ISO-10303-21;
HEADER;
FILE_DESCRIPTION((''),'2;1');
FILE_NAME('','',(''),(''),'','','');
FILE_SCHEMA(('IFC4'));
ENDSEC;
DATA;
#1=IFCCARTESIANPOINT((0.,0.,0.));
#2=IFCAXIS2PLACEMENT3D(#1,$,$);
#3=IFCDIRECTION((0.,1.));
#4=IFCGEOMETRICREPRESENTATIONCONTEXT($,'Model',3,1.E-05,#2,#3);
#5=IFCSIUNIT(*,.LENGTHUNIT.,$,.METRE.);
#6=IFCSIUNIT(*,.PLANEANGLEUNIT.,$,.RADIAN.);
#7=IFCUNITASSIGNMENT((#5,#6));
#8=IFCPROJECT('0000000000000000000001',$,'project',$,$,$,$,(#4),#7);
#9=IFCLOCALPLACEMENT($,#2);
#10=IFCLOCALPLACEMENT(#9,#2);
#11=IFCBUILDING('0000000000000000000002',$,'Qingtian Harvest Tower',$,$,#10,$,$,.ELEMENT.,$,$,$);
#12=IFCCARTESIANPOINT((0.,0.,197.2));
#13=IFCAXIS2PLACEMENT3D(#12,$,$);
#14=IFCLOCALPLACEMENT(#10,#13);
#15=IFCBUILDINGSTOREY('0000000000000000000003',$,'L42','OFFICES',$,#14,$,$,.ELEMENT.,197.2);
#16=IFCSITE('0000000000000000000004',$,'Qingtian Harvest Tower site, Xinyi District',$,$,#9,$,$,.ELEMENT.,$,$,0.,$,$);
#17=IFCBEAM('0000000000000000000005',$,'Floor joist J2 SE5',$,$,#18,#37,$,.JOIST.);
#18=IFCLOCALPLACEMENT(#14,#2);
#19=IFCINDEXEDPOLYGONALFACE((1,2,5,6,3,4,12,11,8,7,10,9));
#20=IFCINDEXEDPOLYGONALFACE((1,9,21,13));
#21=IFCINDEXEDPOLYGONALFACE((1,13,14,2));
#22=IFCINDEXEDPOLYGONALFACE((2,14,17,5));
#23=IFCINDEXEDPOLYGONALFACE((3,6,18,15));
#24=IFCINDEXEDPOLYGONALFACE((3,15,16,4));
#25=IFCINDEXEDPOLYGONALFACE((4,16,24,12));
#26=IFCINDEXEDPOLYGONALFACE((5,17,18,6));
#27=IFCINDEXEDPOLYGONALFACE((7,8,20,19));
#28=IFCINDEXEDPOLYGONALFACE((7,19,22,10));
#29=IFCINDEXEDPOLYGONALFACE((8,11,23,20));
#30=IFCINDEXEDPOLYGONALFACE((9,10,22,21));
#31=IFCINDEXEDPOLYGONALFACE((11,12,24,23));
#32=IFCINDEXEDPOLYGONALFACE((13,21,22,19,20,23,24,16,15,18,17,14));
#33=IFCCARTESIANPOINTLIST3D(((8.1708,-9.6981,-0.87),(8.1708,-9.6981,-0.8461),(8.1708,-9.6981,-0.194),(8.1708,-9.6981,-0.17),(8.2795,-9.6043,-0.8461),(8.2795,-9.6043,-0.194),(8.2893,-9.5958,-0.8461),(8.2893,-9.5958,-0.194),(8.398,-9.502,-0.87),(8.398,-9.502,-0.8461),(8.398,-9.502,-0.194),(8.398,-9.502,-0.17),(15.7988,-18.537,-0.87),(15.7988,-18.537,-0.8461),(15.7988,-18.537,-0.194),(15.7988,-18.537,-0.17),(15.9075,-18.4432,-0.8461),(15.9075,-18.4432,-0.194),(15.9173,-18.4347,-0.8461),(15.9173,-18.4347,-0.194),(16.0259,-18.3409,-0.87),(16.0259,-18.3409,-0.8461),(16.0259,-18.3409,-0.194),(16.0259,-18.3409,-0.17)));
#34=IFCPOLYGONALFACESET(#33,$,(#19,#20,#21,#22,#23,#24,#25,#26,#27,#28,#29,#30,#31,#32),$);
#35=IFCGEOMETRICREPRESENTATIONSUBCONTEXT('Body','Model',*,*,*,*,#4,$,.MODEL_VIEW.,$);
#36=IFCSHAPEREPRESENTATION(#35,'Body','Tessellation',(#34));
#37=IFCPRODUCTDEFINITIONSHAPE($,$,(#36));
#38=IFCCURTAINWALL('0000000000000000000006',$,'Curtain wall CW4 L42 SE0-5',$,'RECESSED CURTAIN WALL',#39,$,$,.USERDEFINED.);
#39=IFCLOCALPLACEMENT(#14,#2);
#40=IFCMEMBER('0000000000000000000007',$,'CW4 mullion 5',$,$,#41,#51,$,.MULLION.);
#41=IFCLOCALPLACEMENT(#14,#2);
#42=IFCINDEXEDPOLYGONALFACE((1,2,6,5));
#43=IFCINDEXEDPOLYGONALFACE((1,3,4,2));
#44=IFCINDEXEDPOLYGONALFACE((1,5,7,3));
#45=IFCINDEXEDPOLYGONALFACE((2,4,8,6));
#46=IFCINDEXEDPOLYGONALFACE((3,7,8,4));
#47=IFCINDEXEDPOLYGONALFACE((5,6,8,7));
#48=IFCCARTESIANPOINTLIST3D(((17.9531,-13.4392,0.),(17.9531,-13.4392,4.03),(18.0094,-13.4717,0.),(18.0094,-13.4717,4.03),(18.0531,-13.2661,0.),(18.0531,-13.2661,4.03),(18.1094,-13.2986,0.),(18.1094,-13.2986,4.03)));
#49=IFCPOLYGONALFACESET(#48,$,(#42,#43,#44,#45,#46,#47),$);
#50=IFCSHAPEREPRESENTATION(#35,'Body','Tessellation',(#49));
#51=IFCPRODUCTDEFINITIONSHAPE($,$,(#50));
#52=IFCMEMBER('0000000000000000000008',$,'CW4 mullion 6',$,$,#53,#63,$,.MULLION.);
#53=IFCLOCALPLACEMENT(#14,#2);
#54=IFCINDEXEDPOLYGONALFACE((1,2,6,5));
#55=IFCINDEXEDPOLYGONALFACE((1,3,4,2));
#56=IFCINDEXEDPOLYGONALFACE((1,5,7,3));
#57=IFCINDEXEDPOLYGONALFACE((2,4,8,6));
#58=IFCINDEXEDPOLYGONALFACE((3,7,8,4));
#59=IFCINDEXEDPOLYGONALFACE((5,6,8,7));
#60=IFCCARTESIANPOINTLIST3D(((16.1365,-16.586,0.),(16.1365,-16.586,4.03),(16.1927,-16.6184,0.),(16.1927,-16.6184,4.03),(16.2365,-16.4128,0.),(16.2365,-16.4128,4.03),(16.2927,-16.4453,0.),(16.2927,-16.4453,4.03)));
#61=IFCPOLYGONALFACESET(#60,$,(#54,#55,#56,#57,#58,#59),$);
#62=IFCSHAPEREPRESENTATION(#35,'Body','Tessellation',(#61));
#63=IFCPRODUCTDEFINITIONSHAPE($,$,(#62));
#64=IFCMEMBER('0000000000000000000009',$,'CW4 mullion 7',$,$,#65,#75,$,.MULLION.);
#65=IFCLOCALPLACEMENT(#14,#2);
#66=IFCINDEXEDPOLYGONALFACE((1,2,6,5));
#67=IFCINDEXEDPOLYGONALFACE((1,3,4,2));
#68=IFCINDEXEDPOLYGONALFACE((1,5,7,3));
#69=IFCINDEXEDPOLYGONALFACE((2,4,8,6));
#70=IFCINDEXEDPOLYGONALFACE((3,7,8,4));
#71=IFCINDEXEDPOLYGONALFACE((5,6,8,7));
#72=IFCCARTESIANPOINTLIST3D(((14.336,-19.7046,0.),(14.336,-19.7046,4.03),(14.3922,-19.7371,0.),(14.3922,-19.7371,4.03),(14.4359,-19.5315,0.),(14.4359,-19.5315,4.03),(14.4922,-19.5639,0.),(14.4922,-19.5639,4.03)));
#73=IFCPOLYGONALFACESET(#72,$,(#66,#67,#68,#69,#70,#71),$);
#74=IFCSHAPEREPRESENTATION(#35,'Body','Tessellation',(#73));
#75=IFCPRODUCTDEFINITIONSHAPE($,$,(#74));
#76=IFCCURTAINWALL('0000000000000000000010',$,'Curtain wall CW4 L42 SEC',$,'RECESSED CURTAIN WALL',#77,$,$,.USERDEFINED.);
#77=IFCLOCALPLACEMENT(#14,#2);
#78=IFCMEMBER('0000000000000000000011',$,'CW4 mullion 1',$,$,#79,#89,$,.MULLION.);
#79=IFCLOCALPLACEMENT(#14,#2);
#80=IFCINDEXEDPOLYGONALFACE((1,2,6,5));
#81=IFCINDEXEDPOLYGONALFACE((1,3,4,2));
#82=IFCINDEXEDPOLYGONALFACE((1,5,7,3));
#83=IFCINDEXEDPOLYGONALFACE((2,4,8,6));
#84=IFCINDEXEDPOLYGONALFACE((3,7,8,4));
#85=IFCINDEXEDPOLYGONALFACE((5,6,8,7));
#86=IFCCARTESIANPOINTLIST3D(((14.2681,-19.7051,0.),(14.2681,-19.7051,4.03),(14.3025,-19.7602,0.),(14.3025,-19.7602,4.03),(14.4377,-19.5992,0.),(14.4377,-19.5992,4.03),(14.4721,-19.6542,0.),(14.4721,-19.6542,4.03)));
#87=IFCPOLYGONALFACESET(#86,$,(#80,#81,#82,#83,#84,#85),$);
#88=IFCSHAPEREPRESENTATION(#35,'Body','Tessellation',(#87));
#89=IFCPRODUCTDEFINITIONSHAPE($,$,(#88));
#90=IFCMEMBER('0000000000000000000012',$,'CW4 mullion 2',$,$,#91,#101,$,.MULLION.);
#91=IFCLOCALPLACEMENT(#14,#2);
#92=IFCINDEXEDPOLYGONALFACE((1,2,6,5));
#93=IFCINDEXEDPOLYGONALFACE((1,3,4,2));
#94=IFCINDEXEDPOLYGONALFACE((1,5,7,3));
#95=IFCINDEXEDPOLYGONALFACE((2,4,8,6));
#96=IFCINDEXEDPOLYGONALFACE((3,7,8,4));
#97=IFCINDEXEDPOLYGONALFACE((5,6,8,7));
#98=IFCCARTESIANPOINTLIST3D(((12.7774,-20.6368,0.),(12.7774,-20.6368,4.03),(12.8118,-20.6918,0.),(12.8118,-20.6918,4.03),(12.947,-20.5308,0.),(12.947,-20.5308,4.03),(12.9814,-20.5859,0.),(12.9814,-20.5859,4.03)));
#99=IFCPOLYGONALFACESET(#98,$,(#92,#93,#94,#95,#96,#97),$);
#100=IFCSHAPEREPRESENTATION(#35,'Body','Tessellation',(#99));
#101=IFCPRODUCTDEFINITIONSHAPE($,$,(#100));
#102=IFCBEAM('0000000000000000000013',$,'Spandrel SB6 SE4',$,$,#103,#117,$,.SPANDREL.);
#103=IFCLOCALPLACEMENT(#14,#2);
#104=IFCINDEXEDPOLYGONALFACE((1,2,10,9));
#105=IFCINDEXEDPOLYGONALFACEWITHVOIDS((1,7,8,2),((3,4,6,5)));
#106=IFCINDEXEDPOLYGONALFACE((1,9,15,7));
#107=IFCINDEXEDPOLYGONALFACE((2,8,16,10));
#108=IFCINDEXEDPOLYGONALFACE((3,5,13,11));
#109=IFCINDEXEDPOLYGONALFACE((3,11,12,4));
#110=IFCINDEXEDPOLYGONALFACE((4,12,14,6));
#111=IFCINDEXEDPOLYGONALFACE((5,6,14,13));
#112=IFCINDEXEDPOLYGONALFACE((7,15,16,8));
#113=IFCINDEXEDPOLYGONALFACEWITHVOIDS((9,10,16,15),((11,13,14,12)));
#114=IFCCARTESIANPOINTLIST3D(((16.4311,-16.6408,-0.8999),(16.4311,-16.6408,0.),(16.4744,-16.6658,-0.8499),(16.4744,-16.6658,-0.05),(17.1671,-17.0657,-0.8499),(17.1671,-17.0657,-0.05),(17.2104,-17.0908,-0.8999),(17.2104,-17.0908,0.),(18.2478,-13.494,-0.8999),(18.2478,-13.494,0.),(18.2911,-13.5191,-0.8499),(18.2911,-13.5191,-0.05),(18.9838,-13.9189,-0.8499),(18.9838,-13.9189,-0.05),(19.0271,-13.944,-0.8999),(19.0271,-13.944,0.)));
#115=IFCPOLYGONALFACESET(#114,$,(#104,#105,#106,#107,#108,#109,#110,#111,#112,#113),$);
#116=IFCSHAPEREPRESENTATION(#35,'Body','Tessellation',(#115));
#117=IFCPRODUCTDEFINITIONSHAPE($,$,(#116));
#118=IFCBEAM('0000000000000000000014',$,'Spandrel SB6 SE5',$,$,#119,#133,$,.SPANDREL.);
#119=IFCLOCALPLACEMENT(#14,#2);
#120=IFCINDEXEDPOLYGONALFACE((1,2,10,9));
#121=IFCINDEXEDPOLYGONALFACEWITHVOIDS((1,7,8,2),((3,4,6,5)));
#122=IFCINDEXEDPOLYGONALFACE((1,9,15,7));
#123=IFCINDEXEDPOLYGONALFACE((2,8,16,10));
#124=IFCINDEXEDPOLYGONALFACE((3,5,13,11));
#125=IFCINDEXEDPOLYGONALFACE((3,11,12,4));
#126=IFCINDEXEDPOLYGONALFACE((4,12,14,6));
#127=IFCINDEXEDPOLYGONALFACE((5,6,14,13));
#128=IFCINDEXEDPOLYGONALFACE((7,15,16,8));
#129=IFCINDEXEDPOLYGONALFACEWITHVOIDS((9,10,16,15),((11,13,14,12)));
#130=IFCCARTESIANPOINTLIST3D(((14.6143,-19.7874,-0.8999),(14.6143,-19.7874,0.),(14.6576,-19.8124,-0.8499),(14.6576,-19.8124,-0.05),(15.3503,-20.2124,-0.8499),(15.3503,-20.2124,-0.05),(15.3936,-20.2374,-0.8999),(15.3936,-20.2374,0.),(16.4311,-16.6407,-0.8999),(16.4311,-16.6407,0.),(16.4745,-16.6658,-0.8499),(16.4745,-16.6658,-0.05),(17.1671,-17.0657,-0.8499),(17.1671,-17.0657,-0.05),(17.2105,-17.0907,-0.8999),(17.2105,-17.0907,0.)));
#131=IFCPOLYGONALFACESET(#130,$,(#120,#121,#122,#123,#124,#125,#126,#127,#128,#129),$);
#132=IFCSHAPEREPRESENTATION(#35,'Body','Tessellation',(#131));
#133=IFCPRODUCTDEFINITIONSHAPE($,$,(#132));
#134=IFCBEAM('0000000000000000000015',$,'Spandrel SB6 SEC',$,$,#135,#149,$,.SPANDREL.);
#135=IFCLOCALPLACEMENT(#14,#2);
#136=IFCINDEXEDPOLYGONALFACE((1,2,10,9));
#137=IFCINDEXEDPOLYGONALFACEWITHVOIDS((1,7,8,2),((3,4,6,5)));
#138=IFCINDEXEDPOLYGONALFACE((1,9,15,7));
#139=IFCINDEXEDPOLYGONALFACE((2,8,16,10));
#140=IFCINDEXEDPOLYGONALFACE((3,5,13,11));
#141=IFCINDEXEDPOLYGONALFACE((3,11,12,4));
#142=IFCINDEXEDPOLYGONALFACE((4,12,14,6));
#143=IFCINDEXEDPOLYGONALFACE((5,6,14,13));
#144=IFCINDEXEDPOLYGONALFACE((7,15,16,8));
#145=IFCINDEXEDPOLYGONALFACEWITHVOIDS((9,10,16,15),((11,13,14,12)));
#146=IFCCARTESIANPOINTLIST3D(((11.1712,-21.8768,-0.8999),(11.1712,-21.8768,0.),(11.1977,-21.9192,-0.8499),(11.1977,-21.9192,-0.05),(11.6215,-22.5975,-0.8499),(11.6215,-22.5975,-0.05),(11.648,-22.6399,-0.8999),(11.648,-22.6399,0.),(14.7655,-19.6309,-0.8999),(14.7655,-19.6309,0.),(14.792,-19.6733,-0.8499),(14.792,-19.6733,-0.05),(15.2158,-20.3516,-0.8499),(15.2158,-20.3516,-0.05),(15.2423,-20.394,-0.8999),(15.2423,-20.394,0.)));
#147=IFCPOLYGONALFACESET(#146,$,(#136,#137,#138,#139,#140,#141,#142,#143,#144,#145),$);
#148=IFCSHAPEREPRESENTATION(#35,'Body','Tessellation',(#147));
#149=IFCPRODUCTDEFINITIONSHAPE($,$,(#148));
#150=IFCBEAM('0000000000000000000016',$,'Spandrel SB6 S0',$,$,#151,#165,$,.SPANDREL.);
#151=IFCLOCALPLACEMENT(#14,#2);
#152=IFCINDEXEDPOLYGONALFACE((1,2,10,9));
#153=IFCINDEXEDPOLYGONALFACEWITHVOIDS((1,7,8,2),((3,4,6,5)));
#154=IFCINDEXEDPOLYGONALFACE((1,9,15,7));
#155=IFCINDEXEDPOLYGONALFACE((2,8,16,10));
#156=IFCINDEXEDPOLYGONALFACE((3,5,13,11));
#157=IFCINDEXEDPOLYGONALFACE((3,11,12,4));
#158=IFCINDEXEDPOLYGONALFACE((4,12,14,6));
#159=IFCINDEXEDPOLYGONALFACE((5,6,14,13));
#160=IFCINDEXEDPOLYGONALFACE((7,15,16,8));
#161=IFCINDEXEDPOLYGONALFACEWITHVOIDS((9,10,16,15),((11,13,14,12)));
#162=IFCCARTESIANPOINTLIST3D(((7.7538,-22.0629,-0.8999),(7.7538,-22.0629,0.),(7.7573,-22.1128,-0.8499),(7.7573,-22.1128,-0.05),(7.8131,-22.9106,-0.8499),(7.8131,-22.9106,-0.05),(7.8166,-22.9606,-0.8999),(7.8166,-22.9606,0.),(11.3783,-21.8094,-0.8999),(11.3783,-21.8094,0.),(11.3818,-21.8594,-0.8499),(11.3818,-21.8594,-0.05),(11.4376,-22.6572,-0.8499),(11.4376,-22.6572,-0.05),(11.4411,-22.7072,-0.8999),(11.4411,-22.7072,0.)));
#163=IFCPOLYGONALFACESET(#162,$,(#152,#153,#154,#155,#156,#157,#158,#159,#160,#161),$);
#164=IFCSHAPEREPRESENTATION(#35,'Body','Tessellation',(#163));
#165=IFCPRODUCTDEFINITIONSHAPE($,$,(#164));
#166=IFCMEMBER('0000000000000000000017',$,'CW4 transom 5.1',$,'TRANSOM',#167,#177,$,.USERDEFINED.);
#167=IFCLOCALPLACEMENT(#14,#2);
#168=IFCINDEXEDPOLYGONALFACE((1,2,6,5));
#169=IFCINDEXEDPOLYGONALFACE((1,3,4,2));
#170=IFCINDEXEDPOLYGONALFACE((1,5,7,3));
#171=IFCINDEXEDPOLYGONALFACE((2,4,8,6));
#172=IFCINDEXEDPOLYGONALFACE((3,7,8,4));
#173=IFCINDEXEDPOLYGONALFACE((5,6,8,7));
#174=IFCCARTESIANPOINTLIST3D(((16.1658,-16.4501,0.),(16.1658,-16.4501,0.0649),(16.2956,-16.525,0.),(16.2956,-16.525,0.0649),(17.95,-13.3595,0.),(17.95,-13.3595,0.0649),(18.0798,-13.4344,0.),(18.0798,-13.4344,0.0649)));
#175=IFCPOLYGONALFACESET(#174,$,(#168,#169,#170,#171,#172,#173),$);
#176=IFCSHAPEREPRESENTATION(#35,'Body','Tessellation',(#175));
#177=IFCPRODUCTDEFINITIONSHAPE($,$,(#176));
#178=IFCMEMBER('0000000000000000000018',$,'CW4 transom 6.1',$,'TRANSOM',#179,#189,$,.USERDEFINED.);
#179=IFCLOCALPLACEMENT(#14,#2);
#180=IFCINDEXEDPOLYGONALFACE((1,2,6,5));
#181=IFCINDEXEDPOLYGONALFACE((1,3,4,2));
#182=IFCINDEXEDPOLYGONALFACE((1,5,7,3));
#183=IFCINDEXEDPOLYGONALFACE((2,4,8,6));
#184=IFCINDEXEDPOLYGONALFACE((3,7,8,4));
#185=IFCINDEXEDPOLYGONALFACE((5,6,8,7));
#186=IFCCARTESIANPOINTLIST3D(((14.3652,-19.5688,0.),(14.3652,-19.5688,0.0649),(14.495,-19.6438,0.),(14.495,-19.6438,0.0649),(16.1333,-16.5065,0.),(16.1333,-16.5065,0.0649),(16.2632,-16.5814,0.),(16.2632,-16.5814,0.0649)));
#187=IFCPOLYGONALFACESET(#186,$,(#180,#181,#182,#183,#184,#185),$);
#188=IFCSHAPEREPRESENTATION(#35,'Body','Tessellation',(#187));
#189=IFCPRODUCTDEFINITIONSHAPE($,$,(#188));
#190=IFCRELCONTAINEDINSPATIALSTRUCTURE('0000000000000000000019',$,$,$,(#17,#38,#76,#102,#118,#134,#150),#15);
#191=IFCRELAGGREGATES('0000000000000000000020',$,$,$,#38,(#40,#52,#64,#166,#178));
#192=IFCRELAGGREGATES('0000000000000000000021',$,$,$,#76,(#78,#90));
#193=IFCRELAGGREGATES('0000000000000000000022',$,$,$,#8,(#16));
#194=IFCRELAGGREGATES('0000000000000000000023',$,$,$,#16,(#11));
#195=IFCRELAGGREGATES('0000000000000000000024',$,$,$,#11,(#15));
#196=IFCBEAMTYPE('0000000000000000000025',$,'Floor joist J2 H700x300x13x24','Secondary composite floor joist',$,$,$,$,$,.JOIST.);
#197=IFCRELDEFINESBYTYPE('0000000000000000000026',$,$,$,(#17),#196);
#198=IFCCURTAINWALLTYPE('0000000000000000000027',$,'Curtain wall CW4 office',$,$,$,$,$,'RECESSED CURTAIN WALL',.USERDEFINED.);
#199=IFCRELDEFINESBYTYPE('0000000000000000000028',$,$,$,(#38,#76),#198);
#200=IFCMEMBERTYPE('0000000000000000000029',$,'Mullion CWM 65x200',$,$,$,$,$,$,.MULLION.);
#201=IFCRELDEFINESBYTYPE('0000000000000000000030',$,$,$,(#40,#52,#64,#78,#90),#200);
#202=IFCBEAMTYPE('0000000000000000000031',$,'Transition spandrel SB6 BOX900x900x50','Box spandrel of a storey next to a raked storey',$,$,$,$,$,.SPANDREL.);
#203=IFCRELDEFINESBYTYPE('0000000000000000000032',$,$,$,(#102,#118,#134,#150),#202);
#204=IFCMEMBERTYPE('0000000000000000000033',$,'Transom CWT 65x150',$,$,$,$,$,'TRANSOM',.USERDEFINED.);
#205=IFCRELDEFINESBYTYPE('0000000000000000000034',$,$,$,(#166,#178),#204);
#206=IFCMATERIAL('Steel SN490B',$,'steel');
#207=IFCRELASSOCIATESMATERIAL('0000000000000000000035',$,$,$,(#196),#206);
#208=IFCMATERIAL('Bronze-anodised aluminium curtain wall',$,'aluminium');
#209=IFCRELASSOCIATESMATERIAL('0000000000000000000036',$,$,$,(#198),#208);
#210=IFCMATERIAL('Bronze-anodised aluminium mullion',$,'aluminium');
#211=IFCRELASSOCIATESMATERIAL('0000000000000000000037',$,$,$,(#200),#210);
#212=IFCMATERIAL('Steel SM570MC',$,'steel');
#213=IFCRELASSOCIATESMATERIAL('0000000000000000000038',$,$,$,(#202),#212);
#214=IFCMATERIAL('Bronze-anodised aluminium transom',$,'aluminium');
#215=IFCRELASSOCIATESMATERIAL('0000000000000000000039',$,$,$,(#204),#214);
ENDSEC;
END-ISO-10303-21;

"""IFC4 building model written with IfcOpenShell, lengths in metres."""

from ifc_helpers import new_model, si_unit, direction, frame, origin, origin_2d, place, context, subcontext, project, spatial, rectangle, hollow_rectangle, i_section, extrude, material, material_profile, profile_set, type_object, element, aggregate, save


model = new_model("IFC4")

# Units and contexts
model_context = context("Model", 3, precision=1e-05, world=origin(), true_north=direction((0.0, 1.0)))
body_context = subcontext(model_context, "Body", "Model", "MODEL_VIEW")
ifc_project = project(units=[si_unit("LENGTHUNIT", "METRE"), si_unit("PLANEANGLEUNIT", "RADIAN")], contexts=[model_context])

# Site, building, storey
site_placement = place(None, origin())
site = spatial("IfcSite", under=ifc_project, at=site_placement, Name="Qingtian Harvest Tower site, Xinyi District", CompositionType="ELEMENT", RefElevation=0.0)
building_placement = place(site_placement, origin())
building = spatial("IfcBuilding", under=site, at=building_placement, Name="Qingtian Harvest Tower", CompositionType="ELEMENT")
storey_placement = place(building_placement, frame((0.0, 0.0, 197.2)))
storey = spatial("IfcBuildingStorey", under=building, at=storey_placement, Name="L42", Description="OFFICES", CompositionType="ELEMENT", Elevation=197.2)

# Beam
ifc_material_1 = material(Name="Steel SN490B", Category="steel")
ifc_material_profile_1 = material_profile(ifc_material_1, i_section(OverallWidth=0.3, OverallDepth=0.7, WebThickness=0.0129, FlangeThickness=0.0239, at=origin_2d()), Name="H700x300x13x24")
ifc_profile_set_1 = profile_set([ifc_material_profile_1], Name="Steel SN490B")
beam_type_1 = type_object("IfcBeamType", Name="Floor joist J2 H700x300x13x24", Description="Secondary composite floor joist", PredefinedType="JOIST", material=ifc_profile_set_1)
beam_1_placement = place(storey_placement, frame((15.9124, -18.439, -0.52), z_axis=(-0.653343, 0.757062, 0.0), x_axis=(-0.757062, -0.653343, 0.0)))
element("IfcBeam", 1, at=beam_1_placement, inside=storey, type_object=beam_type_1, Name="Floor joist J2 SE5", PredefinedType="JOIST", context=body_context, shape_type="SweptSolid", body=[
    extrude(i_section(OverallWidth=0.3, OverallDepth=0.7, WebThickness=0.0129, FlangeThickness=0.0239, at=origin_2d()), origin(), (0.0, 0.0, 1.0), 11.6753),
])

# Curtain walls, members
ifc_material_2 = material(Name="Bronze-anodised aluminium curtain wall", Category="aluminium")
curtain_wall_type = type_object("IfcCurtainWallType", Name="Curtain wall CW4 office", ElementType="RECESSED CURTAIN WALL", PredefinedType="USERDEFINED", material=ifc_material_2)
curtain_wall_1_placement = place(storey_placement, origin())
curtain_wall_1 = element("IfcCurtainWall", 2, at=curtain_wall_1_placement, inside=storey, type_object=curtain_wall_type, Name="Curtain wall CW4 L42 SE0-5", ObjectType="RECESSED CURTAIN WALL", PredefinedType="USERDEFINED")
ifc_material_3 = material(Name="Bronze-anodised aluminium mullion", Category="aluminium")
ifc_material_profile_2 = material_profile(ifc_material_3, rectangle(XDim=0.0649, YDim=0.2, at=origin_2d()), Name="AL 65x200")
ifc_profile_set_2 = profile_set([ifc_material_profile_2], Name="Bronze-anodised aluminium mullion")
member_type_1 = type_object("IfcMemberType", Name="Mullion CWM 65x200", PredefinedType="MULLION", material=ifc_profile_set_2)
member_1_placement = place(storey_placement, frame((18.0312, -13.3689, 0.0), z_axis=(0.0, 0.0, 1.0), x_axis=(0.866025, -0.5, 0.0)))
member_1 = element("IfcMember", 3, at=member_1_placement, type_object=member_type_1, Name="CW4 mullion 5", PredefinedType="MULLION", context=body_context, shape_type="SweptSolid", body=[
    extrude(rectangle(XDim=0.0649, YDim=0.2, at=origin_2d()), origin(), (0.0, 0.0, 1.0), 4.03),
])
member_2_placement = place(storey_placement, frame((16.2146, -16.5156, 0.0), z_axis=(0.0, 0.0, 1.0), x_axis=(0.866025, -0.5, 0.0)))
member_2 = element("IfcMember", 4, at=member_2_placement, type_object=member_type_1, Name="CW4 mullion 6", PredefinedType="MULLION", context=body_context, shape_type="SweptSolid", body=[
    extrude(rectangle(XDim=0.0649, YDim=0.2, at=origin_2d()), origin(), (0.0, 0.0, 1.0), 4.03),
])
member_3_placement = place(storey_placement, frame((14.4141, -19.6343, 0.0), z_axis=(0.0, 0.0, 1.0), x_axis=(0.866025, -0.5, 0.0)))
member_3 = element("IfcMember", 5, at=member_3_placement, type_object=member_type_1, Name="CW4 mullion 7", PredefinedType="MULLION", context=body_context, shape_type="SweptSolid", body=[
    extrude(rectangle(XDim=0.0649, YDim=0.2, at=origin_2d()), origin(), (0.0, 0.0, 1.0), 4.03),
])
curtain_wall_2_placement = place(storey_placement, origin())
curtain_wall_2 = element("IfcCurtainWall", 6, at=curtain_wall_2_placement, inside=storey, type_object=curtain_wall_type, Name="Curtain wall CW4 L42 SEC", ObjectType="RECESSED CURTAIN WALL", PredefinedType="USERDEFINED")
member_4_placement = place(storey_placement, frame((14.3701, -19.6797, 0.0), z_axis=(0.0, 0.0, 1.0), x_axis=(0.529919, -0.848048, 0.0)))
member_4 = element("IfcMember", 7, at=member_4_placement, type_object=member_type_1, Name="CW4 mullion 1", PredefinedType="MULLION", context=body_context, shape_type="SweptSolid", body=[
    extrude(rectangle(XDim=0.0649, YDim=0.2, at=origin_2d()), origin(), (0.0, 0.0, 1.0), 4.03),
])
member_5_placement = place(storey_placement, frame((12.8794, -20.6113, 0.0), z_axis=(0.0, 0.0, 1.0), x_axis=(0.529919, -0.848048, 0.0)))
member_5 = element("IfcMember", 8, at=member_5_placement, type_object=member_type_1, Name="CW4 mullion 2", PredefinedType="MULLION", context=body_context, shape_type="SweptSolid", body=[
    extrude(rectangle(XDim=0.0649, YDim=0.2, at=origin_2d()), origin(), (0.0, 0.0, 1.0), 4.03),
])

# Beams
ifc_material_4 = material(Name="Steel SM570MC", Category="steel")
ifc_material_profile_3 = material_profile(ifc_material_4, hollow_rectangle(XDim=0.8999, YDim=0.8999, WallThickness=0.05, at=origin_2d()), Name="BOX900x900x50")
ifc_profile_set_3 = profile_set([ifc_material_profile_3], Name="Steel SM570MC")
beam_type_2 = type_object("IfcBeamType", Name="Transition spandrel SB6 BOX900x900x50", Description="Box spandrel of a storey next to a raked storey", PredefinedType="SPANDREL", material=ifc_profile_set_3)
for number, where, z_axis, x_axis, name in (
    (9, (18.6375, -13.719, -0.45), (-0.499976, -0.866039, 0.0), (0.866039, -0.499976, 0.0), "Spandrel SB6 SE4"),
    (10, (16.8208, -16.8657, -0.45), (-0.500027, -0.86601, 0.0), (0.86601, -0.500027, 0.0), "Spandrel SB6 SE5"),
):
    element("IfcBeam", number, at=place(storey_placement, frame(where, z_axis=z_axis, x_axis=x_axis)), inside=storey, type_object=beam_type_2, Name=name, PredefinedType="SPANDREL", context=body_context, shape_type="SweptSolid", body=[
        extrude(hollow_rectangle(XDim=0.8999, YDim=0.8999, WallThickness=0.05, at=origin_2d()), origin(), (0.0, 0.0, 1.0), 3.6335),
    ])
beam_2_placement = place(storey_placement, frame((15.0039, -20.0125, -0.45), z_axis=(-0.848057, -0.529906, 0.0), x_axis=(0.529906, -0.848057, 0.0)))
element("IfcBeam", 11, at=beam_2_placement, inside=storey, type_object=beam_type_2, Name="Spandrel SB6 SEC", PredefinedType="SPANDREL", context=body_context, shape_type="SweptSolid", body=[
    extrude(hollow_rectangle(XDim=0.8999, YDim=0.8999, WallThickness=0.05, at=origin_2d()), origin(), (0.0, 0.0, 1.0), 4.2383),
])
beam_3_placement = place(storey_placement, frame((11.4097, -22.2583, -0.45), z_axis=(-0.997565, -0.069748, 0.0), x_axis=(0.069748, -0.997565, 0.0)))
element("IfcBeam", 12, at=beam_3_placement, inside=storey, type_object=beam_type_2, Name="Spandrel SB6 S0", PredefinedType="SPANDREL", context=body_context, shape_type="SweptSolid", body=[
    extrude(hollow_rectangle(XDim=0.8999, YDim=0.8999, WallThickness=0.05, at=origin_2d()), origin(), (0.0, 0.0, 1.0), 3.6333),
])

# Members
ifc_material_5 = material(Name="Bronze-anodised aluminium transom", Category="aluminium")
ifc_material_profile_4 = material_profile(ifc_material_5, rectangle(XDim=0.1499, YDim=0.0649, at=origin_2d()), Name="AL 65x150")
ifc_profile_set_4 = profile_set([ifc_material_profile_4], Name="Bronze-anodised aluminium transom")
member_type_2 = type_object("IfcMemberType", Name="Transom CWT 65x150", ElementType="TRANSOM", PredefinedType="USERDEFINED", material=ifc_profile_set_4)
member_6_placement = place(storey_placement, frame((18.0149, -13.397, 0.0325), z_axis=(-0.499965, -0.866045, 0.0), x_axis=(0.866045, -0.499965, 0.0)))
member_6 = element("IfcMember", 13, at=member_6_placement, type_object=member_type_2, Name="CW4 transom 5.1", ObjectType="TRANSOM", PredefinedType="USERDEFINED", context=body_context, shape_type="SweptSolid", body=[
    extrude(rectangle(XDim=0.1499, YDim=0.0649, at=origin_2d()), origin(), (0.0, 0.0, 1.0), 3.5686),
])
member_7_placement = place(storey_placement, frame((16.1982, -16.5439, 0.0325), z_axis=(-0.500015, -0.866017, 0.0), x_axis=(0.866017, -0.500015, 0.0)))
member_7 = element("IfcMember", 14, at=member_7_placement, type_object=member_type_2, Name="CW4 transom 6.1", ObjectType="TRANSOM", PredefinedType="USERDEFINED", context=body_context, shape_type="SweptSolid", body=[
    extrude(rectangle(XDim=0.1499, YDim=0.0649, at=origin_2d()), origin(), (0.0, 0.0, 1.0), 3.5361),
])

aggregate(curtain_wall_1, [member_1, member_2, member_3, member_6, member_7])
aggregate(curtain_wall_2, [member_4, member_5])

save(model, "model.ifc")
